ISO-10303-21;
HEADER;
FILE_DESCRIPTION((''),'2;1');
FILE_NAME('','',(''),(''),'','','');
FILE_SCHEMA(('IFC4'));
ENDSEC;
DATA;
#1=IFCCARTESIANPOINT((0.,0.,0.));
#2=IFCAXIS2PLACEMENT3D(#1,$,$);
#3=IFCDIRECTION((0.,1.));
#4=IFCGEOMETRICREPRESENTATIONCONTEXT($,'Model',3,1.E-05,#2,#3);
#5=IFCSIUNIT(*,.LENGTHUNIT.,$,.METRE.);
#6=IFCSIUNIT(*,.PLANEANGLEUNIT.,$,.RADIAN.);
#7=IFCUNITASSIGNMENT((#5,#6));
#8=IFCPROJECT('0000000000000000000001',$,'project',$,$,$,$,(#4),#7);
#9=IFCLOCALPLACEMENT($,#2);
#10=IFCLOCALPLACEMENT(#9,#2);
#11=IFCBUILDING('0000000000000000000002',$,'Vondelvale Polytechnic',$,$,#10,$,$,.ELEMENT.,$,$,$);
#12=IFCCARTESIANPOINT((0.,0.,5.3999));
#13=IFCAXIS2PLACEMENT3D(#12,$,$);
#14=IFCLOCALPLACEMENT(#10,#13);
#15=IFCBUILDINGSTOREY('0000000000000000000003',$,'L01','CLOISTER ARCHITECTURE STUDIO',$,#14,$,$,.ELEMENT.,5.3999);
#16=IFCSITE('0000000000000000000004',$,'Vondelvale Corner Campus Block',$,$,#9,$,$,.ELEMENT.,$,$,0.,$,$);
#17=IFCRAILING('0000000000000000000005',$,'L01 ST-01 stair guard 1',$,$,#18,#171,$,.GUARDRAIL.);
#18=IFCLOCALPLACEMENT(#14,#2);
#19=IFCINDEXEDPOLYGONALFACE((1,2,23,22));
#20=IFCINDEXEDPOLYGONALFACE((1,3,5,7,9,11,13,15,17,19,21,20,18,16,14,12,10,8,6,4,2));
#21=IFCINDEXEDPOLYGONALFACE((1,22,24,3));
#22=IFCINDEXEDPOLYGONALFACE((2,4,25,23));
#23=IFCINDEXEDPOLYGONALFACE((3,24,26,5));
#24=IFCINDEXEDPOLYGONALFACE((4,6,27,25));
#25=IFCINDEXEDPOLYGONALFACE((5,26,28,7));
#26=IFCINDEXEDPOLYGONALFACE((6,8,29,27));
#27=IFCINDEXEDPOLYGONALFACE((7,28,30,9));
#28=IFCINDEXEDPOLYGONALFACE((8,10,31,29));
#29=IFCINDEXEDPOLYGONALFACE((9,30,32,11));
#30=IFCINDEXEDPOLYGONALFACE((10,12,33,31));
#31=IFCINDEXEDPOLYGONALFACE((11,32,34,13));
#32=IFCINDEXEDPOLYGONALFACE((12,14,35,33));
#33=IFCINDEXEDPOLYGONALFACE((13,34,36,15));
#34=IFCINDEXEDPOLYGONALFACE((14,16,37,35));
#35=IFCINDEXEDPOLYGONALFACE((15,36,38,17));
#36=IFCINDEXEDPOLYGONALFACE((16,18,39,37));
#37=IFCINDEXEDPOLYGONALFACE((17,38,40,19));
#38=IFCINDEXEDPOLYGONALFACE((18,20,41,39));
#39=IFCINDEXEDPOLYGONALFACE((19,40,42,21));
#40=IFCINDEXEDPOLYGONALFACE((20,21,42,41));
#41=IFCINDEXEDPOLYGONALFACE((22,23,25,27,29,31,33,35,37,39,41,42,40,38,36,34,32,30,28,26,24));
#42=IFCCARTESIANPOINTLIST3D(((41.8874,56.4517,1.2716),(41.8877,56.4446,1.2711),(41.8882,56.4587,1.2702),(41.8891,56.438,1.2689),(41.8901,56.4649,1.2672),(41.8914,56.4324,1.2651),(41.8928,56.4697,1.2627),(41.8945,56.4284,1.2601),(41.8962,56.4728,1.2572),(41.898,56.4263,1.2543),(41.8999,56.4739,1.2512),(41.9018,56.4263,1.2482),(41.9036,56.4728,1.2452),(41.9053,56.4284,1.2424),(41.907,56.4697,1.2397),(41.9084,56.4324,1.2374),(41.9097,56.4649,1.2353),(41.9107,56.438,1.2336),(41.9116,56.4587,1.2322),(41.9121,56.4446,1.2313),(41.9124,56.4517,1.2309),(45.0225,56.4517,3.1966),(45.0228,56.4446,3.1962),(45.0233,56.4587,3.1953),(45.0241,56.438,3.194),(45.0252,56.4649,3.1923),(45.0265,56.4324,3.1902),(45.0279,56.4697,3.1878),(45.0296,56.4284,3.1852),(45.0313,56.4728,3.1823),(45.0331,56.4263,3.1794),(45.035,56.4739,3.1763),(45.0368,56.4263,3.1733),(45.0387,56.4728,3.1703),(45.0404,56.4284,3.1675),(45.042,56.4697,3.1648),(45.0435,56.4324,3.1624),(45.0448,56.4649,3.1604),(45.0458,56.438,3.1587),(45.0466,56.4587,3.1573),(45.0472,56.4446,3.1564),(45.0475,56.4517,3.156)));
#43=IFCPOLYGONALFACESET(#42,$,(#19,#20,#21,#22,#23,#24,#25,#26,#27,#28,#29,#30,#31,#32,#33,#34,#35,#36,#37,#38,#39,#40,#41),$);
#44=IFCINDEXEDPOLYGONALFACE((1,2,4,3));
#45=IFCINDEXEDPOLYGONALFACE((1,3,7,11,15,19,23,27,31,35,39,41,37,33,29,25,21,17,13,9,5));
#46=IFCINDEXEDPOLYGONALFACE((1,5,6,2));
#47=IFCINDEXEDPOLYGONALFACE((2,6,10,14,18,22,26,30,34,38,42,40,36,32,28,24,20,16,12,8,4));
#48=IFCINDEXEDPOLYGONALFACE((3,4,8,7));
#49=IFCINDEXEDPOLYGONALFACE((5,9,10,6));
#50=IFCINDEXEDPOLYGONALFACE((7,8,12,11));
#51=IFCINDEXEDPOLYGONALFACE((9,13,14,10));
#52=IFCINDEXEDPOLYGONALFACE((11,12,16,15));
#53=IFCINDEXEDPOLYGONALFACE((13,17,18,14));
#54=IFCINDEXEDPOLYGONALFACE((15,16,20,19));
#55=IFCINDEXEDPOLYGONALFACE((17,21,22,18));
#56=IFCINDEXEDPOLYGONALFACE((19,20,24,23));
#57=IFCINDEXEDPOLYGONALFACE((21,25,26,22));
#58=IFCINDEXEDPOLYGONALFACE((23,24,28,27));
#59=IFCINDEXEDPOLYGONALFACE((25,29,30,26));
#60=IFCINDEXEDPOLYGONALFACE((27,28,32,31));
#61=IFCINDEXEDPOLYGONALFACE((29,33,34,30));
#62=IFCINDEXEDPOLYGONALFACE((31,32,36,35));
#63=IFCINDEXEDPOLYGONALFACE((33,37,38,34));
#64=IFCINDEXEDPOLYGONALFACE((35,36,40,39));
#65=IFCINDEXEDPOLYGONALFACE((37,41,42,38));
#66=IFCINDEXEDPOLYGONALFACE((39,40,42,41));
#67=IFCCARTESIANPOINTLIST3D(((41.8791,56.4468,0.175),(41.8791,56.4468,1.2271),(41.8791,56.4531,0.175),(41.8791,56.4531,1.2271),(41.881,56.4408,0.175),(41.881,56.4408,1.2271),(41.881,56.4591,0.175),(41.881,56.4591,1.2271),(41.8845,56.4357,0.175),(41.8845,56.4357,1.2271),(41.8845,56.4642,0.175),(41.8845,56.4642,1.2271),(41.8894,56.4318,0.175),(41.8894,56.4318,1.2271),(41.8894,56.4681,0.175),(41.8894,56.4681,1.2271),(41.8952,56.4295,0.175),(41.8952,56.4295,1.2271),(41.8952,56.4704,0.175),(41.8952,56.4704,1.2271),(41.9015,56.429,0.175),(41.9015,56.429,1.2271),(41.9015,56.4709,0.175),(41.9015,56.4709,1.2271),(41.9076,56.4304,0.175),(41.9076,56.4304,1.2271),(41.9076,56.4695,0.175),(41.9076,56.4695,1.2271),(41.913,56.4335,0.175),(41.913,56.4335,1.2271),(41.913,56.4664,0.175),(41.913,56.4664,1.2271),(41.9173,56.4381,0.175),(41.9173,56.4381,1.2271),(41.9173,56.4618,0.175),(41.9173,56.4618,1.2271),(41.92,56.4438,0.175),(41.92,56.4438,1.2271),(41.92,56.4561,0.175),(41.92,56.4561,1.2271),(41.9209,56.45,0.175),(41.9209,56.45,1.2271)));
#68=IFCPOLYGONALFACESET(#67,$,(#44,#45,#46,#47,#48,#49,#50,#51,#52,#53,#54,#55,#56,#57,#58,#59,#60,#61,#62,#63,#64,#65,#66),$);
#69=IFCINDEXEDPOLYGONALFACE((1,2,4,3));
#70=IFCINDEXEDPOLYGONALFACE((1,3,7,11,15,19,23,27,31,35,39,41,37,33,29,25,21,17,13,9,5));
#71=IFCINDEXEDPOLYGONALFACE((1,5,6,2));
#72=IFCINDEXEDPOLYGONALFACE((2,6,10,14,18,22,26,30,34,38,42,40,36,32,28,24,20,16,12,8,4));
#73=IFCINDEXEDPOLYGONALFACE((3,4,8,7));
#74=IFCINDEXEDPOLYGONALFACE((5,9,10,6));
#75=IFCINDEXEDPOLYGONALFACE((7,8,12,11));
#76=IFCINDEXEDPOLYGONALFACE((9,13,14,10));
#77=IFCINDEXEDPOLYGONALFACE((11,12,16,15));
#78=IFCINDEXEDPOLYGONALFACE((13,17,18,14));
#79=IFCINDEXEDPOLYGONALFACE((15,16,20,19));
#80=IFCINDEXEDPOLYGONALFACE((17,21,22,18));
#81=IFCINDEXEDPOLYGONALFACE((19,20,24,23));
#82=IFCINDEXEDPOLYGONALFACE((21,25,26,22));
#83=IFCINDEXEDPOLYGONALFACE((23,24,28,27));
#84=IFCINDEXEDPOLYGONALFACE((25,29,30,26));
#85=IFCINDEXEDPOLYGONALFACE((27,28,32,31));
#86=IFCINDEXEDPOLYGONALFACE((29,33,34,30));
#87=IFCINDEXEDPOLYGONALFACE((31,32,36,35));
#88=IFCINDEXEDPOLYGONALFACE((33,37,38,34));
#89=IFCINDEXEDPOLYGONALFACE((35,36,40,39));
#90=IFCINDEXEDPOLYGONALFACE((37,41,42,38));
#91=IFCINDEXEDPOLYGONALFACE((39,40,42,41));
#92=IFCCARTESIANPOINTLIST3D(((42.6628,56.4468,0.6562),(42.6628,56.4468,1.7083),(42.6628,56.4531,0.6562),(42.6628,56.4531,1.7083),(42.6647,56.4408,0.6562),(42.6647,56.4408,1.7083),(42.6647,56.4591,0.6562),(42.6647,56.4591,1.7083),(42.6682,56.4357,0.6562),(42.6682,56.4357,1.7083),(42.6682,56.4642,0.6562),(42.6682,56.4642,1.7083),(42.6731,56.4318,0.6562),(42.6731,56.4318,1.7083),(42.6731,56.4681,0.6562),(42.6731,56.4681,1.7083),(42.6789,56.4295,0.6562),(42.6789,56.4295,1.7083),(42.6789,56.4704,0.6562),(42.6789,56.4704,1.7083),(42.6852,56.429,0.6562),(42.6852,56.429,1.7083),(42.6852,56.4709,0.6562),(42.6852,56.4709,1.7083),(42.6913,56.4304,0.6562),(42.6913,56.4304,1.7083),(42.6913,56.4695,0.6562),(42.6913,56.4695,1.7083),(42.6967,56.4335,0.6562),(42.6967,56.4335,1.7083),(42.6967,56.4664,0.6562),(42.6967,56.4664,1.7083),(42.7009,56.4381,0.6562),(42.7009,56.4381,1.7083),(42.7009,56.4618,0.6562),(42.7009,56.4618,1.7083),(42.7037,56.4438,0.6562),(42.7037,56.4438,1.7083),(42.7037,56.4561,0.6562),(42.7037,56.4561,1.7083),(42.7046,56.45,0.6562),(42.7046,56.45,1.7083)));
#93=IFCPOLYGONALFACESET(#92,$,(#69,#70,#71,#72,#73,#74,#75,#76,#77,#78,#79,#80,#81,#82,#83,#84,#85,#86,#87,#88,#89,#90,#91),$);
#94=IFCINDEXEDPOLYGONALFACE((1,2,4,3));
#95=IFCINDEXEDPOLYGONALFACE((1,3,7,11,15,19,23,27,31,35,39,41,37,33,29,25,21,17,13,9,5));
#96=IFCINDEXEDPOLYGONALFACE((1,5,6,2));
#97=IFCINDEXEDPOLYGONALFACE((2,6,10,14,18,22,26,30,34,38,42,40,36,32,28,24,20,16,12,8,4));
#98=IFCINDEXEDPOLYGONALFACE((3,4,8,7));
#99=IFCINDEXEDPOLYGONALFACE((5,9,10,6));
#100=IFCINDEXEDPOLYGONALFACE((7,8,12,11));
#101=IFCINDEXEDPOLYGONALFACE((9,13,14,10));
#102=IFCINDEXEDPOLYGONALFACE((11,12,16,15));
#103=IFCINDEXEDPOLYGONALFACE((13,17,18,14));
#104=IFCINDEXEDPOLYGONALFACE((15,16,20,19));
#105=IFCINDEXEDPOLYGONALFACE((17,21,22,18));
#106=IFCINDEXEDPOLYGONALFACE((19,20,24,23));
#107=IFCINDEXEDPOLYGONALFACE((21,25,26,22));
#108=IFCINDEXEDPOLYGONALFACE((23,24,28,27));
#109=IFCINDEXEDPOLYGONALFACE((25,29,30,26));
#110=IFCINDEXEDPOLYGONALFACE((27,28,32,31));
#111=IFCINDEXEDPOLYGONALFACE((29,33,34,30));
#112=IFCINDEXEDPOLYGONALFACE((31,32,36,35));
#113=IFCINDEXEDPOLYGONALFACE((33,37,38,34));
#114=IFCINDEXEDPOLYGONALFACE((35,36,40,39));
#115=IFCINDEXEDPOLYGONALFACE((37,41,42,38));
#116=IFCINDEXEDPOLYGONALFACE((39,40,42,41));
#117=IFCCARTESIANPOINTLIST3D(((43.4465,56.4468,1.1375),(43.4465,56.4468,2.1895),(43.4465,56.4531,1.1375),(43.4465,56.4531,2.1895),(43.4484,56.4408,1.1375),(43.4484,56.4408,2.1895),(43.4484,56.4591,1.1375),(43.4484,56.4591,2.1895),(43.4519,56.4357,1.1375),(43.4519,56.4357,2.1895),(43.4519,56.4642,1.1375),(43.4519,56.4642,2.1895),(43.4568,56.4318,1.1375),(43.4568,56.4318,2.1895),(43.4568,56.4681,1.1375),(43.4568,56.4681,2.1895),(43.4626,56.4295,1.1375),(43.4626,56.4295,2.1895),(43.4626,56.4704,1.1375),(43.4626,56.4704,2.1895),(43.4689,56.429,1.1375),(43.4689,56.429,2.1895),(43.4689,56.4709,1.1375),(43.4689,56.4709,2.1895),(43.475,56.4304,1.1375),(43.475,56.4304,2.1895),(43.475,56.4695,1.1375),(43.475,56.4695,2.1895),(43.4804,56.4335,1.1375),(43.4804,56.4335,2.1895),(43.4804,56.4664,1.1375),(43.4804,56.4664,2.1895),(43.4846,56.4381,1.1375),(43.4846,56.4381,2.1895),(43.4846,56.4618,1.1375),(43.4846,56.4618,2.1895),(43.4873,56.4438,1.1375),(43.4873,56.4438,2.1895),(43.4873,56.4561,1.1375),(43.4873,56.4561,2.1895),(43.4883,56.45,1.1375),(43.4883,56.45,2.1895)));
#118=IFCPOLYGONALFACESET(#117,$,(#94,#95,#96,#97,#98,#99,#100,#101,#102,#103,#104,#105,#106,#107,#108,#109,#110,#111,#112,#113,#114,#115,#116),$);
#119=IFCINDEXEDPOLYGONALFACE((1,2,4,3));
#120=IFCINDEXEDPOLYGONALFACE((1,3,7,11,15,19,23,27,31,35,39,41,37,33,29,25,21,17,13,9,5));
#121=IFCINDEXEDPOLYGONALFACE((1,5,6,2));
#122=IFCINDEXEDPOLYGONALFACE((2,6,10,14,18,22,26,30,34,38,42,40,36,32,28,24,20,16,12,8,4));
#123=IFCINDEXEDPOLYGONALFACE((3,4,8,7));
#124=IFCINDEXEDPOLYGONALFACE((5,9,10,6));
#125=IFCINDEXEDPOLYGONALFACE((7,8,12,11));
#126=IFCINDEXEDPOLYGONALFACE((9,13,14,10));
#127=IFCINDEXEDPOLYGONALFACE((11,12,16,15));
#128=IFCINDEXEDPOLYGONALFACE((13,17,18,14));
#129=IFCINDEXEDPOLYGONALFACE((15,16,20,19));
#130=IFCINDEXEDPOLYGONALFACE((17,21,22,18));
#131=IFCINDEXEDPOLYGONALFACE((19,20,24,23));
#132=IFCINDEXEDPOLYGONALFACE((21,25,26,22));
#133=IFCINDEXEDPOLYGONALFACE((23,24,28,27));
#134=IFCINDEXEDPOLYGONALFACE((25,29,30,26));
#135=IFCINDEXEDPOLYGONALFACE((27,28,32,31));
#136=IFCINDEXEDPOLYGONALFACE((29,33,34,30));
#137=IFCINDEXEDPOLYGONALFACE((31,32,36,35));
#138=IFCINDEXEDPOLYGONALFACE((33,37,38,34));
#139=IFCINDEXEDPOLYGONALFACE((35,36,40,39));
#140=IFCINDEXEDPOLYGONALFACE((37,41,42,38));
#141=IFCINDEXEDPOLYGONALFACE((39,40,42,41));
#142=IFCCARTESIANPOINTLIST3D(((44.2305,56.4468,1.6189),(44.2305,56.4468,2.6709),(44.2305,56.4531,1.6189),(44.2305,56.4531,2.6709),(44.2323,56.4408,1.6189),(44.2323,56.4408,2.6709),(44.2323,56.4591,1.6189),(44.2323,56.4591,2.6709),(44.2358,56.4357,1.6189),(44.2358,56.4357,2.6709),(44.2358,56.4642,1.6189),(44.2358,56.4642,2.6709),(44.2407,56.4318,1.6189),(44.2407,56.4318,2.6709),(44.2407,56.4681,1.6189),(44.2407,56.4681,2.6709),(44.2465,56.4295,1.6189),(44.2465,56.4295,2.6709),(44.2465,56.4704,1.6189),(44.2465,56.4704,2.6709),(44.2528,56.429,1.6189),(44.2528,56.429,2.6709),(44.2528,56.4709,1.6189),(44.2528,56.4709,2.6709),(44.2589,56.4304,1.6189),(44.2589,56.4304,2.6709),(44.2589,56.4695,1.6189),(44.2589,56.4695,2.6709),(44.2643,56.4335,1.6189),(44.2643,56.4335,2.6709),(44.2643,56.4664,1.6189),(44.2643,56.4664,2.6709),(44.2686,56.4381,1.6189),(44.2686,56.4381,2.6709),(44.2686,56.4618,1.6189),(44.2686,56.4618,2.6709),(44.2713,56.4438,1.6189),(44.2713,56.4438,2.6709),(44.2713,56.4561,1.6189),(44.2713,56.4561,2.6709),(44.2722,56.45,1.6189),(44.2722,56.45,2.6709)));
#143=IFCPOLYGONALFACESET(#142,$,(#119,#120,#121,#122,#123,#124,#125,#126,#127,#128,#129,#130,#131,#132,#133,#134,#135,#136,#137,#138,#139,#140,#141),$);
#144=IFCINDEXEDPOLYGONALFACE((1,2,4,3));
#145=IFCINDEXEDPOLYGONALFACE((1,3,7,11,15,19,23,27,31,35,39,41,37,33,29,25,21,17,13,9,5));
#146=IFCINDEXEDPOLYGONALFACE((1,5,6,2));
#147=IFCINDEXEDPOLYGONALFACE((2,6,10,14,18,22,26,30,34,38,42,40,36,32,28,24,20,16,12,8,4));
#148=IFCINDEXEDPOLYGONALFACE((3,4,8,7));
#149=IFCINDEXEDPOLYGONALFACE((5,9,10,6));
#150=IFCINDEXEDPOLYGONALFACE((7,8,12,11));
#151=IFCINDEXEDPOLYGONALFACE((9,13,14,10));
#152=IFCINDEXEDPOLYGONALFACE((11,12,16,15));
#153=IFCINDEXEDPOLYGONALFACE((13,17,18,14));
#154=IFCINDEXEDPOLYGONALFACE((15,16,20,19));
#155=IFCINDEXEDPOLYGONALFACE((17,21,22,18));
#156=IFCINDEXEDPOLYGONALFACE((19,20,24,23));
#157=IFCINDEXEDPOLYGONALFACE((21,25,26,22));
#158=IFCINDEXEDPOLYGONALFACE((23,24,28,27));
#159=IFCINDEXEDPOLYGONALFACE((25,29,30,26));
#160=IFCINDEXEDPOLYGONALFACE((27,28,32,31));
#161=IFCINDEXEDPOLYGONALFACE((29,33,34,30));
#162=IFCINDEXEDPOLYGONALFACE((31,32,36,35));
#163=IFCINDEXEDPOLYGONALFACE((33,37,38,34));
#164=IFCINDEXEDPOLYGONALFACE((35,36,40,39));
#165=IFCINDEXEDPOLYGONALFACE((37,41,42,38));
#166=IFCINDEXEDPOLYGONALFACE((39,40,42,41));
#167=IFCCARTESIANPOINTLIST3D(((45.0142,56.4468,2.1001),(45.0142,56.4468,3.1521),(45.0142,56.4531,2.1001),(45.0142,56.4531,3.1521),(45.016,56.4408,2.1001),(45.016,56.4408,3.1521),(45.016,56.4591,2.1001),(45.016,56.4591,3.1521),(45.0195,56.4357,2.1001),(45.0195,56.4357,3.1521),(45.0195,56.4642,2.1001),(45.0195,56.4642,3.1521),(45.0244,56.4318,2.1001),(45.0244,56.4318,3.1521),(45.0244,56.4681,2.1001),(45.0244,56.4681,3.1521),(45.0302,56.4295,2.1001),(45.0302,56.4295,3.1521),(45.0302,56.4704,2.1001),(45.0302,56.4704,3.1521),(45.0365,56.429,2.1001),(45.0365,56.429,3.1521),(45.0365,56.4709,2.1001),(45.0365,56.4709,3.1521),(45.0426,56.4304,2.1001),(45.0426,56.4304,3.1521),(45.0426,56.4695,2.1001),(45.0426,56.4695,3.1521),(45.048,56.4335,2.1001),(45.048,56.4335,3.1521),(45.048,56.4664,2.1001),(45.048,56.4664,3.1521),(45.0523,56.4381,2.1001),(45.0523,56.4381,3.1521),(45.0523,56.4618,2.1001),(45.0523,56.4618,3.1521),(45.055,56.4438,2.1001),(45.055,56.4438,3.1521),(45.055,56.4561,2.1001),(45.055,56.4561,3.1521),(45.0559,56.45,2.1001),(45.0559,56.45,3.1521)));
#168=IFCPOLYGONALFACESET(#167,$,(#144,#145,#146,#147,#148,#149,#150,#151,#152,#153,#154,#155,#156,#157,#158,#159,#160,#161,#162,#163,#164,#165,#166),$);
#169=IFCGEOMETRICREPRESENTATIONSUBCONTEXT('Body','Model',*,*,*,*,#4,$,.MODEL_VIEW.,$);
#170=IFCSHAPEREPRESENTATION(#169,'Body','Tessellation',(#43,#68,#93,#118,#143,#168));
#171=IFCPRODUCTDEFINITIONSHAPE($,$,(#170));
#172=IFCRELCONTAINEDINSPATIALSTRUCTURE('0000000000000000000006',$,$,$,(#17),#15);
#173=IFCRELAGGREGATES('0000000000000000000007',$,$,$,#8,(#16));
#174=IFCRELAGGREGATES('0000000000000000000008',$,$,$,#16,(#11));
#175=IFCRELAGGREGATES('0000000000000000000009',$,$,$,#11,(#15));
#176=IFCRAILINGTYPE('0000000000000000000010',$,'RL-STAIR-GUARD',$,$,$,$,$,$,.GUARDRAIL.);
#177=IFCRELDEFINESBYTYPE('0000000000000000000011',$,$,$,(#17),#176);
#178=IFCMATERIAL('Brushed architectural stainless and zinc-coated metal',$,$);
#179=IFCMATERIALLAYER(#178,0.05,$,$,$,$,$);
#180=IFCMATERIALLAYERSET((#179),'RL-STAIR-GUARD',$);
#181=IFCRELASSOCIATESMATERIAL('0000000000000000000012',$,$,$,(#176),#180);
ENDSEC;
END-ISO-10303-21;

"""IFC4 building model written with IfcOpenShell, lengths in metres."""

from ifc_helpers import new_model, si_unit, direction, frame, origin, origin_2d, place, context, subcontext, project, spatial, circle, extrude, material, layer, layer_set, type_object, element, save


model = new_model("IFC4")

# Units and contexts
model_context = context("Model", 3, precision=1e-05, world=origin(), true_north=direction((0.0, 1.0)))
body_context = subcontext(model_context, "Body", "Model", "MODEL_VIEW")
ifc_project = project(units=[si_unit("LENGTHUNIT", "METRE"), si_unit("PLANEANGLEUNIT", "RADIAN")], contexts=[model_context])

# Site, building, storey
site_placement = place(None, origin())
site = spatial("IfcSite", under=ifc_project, at=site_placement, Name="Vondelvale Corner Campus Block", CompositionType="ELEMENT", RefElevation=0.0)
building_placement = place(site_placement, origin())
building = spatial("IfcBuilding", under=site, at=building_placement, Name="Vondelvale Polytechnic", CompositionType="ELEMENT")
storey_placement = place(building_placement, frame((0.0, 0.0, 5.3999)))
storey = spatial("IfcBuildingStorey", under=building, at=storey_placement, Name="L01", Description="CLOISTER ARCHITECTURE STUDIO", CompositionType="ELEMENT", Elevation=5.3999)

# Shared definitions
ifc_material_1 = material(Name="Brushed architectural stainless and zinc-coated metal")

# Railing
ifc_layer_1 = layer(ifc_material_1, 0.05)
ifc_layer_set_1 = layer_set([ifc_layer_1], Name="RL-STAIR-GUARD")
railing_type_1 = type_object("IfcRailingType", Name="RL-STAIR-GUARD", PredefinedType="GUARDRAIL", material=ifc_layer_set_1)
railing_1_placement = place(storey_placement, frame((41.8999, 56.45, 0.175)))
element("IfcRailing", 1, at=railing_1_placement, inside=storey, type_object=railing_type_1, Name="L01 ST-01 stair guard 1", PredefinedType="GUARDRAIL", context=body_context, shape_type="SweptSolid", body=[
    extrude(circle(Radius=0.0239, at=origin_2d()), frame((0.0, 0.0, 1.0762), z_axis=(0.852166, 0.0, 0.523271), x_axis=(0.0, 1.0, 0.0)), (0.0, 0.0, 1.0), 3.679),
    extrude(circle(Radius=0.021, at=origin_2d()), origin(), (0.0, 0.0, 1.0), 1.052),
    extrude(circle(Radius=0.021, at=origin_2d()), frame((0.7837, 0.0, 0.4812)), (0.0, 0.0, 1.0), 1.052),
    extrude(circle(Radius=0.021, at=origin_2d()), frame((1.5674, 0.0, 0.9624)), (0.0, 0.0, 1.0), 1.052),
    extrude(circle(Radius=0.021, at=origin_2d()), frame((2.3513, 0.0, 1.4438)), (0.0, 0.0, 1.0), 1.052),
    extrude(circle(Radius=0.021, at=origin_2d()), frame((3.135, 0.0, 1.925)), (0.0, 0.0, 1.0), 1.052),
])

save(model, "model.ifc")
